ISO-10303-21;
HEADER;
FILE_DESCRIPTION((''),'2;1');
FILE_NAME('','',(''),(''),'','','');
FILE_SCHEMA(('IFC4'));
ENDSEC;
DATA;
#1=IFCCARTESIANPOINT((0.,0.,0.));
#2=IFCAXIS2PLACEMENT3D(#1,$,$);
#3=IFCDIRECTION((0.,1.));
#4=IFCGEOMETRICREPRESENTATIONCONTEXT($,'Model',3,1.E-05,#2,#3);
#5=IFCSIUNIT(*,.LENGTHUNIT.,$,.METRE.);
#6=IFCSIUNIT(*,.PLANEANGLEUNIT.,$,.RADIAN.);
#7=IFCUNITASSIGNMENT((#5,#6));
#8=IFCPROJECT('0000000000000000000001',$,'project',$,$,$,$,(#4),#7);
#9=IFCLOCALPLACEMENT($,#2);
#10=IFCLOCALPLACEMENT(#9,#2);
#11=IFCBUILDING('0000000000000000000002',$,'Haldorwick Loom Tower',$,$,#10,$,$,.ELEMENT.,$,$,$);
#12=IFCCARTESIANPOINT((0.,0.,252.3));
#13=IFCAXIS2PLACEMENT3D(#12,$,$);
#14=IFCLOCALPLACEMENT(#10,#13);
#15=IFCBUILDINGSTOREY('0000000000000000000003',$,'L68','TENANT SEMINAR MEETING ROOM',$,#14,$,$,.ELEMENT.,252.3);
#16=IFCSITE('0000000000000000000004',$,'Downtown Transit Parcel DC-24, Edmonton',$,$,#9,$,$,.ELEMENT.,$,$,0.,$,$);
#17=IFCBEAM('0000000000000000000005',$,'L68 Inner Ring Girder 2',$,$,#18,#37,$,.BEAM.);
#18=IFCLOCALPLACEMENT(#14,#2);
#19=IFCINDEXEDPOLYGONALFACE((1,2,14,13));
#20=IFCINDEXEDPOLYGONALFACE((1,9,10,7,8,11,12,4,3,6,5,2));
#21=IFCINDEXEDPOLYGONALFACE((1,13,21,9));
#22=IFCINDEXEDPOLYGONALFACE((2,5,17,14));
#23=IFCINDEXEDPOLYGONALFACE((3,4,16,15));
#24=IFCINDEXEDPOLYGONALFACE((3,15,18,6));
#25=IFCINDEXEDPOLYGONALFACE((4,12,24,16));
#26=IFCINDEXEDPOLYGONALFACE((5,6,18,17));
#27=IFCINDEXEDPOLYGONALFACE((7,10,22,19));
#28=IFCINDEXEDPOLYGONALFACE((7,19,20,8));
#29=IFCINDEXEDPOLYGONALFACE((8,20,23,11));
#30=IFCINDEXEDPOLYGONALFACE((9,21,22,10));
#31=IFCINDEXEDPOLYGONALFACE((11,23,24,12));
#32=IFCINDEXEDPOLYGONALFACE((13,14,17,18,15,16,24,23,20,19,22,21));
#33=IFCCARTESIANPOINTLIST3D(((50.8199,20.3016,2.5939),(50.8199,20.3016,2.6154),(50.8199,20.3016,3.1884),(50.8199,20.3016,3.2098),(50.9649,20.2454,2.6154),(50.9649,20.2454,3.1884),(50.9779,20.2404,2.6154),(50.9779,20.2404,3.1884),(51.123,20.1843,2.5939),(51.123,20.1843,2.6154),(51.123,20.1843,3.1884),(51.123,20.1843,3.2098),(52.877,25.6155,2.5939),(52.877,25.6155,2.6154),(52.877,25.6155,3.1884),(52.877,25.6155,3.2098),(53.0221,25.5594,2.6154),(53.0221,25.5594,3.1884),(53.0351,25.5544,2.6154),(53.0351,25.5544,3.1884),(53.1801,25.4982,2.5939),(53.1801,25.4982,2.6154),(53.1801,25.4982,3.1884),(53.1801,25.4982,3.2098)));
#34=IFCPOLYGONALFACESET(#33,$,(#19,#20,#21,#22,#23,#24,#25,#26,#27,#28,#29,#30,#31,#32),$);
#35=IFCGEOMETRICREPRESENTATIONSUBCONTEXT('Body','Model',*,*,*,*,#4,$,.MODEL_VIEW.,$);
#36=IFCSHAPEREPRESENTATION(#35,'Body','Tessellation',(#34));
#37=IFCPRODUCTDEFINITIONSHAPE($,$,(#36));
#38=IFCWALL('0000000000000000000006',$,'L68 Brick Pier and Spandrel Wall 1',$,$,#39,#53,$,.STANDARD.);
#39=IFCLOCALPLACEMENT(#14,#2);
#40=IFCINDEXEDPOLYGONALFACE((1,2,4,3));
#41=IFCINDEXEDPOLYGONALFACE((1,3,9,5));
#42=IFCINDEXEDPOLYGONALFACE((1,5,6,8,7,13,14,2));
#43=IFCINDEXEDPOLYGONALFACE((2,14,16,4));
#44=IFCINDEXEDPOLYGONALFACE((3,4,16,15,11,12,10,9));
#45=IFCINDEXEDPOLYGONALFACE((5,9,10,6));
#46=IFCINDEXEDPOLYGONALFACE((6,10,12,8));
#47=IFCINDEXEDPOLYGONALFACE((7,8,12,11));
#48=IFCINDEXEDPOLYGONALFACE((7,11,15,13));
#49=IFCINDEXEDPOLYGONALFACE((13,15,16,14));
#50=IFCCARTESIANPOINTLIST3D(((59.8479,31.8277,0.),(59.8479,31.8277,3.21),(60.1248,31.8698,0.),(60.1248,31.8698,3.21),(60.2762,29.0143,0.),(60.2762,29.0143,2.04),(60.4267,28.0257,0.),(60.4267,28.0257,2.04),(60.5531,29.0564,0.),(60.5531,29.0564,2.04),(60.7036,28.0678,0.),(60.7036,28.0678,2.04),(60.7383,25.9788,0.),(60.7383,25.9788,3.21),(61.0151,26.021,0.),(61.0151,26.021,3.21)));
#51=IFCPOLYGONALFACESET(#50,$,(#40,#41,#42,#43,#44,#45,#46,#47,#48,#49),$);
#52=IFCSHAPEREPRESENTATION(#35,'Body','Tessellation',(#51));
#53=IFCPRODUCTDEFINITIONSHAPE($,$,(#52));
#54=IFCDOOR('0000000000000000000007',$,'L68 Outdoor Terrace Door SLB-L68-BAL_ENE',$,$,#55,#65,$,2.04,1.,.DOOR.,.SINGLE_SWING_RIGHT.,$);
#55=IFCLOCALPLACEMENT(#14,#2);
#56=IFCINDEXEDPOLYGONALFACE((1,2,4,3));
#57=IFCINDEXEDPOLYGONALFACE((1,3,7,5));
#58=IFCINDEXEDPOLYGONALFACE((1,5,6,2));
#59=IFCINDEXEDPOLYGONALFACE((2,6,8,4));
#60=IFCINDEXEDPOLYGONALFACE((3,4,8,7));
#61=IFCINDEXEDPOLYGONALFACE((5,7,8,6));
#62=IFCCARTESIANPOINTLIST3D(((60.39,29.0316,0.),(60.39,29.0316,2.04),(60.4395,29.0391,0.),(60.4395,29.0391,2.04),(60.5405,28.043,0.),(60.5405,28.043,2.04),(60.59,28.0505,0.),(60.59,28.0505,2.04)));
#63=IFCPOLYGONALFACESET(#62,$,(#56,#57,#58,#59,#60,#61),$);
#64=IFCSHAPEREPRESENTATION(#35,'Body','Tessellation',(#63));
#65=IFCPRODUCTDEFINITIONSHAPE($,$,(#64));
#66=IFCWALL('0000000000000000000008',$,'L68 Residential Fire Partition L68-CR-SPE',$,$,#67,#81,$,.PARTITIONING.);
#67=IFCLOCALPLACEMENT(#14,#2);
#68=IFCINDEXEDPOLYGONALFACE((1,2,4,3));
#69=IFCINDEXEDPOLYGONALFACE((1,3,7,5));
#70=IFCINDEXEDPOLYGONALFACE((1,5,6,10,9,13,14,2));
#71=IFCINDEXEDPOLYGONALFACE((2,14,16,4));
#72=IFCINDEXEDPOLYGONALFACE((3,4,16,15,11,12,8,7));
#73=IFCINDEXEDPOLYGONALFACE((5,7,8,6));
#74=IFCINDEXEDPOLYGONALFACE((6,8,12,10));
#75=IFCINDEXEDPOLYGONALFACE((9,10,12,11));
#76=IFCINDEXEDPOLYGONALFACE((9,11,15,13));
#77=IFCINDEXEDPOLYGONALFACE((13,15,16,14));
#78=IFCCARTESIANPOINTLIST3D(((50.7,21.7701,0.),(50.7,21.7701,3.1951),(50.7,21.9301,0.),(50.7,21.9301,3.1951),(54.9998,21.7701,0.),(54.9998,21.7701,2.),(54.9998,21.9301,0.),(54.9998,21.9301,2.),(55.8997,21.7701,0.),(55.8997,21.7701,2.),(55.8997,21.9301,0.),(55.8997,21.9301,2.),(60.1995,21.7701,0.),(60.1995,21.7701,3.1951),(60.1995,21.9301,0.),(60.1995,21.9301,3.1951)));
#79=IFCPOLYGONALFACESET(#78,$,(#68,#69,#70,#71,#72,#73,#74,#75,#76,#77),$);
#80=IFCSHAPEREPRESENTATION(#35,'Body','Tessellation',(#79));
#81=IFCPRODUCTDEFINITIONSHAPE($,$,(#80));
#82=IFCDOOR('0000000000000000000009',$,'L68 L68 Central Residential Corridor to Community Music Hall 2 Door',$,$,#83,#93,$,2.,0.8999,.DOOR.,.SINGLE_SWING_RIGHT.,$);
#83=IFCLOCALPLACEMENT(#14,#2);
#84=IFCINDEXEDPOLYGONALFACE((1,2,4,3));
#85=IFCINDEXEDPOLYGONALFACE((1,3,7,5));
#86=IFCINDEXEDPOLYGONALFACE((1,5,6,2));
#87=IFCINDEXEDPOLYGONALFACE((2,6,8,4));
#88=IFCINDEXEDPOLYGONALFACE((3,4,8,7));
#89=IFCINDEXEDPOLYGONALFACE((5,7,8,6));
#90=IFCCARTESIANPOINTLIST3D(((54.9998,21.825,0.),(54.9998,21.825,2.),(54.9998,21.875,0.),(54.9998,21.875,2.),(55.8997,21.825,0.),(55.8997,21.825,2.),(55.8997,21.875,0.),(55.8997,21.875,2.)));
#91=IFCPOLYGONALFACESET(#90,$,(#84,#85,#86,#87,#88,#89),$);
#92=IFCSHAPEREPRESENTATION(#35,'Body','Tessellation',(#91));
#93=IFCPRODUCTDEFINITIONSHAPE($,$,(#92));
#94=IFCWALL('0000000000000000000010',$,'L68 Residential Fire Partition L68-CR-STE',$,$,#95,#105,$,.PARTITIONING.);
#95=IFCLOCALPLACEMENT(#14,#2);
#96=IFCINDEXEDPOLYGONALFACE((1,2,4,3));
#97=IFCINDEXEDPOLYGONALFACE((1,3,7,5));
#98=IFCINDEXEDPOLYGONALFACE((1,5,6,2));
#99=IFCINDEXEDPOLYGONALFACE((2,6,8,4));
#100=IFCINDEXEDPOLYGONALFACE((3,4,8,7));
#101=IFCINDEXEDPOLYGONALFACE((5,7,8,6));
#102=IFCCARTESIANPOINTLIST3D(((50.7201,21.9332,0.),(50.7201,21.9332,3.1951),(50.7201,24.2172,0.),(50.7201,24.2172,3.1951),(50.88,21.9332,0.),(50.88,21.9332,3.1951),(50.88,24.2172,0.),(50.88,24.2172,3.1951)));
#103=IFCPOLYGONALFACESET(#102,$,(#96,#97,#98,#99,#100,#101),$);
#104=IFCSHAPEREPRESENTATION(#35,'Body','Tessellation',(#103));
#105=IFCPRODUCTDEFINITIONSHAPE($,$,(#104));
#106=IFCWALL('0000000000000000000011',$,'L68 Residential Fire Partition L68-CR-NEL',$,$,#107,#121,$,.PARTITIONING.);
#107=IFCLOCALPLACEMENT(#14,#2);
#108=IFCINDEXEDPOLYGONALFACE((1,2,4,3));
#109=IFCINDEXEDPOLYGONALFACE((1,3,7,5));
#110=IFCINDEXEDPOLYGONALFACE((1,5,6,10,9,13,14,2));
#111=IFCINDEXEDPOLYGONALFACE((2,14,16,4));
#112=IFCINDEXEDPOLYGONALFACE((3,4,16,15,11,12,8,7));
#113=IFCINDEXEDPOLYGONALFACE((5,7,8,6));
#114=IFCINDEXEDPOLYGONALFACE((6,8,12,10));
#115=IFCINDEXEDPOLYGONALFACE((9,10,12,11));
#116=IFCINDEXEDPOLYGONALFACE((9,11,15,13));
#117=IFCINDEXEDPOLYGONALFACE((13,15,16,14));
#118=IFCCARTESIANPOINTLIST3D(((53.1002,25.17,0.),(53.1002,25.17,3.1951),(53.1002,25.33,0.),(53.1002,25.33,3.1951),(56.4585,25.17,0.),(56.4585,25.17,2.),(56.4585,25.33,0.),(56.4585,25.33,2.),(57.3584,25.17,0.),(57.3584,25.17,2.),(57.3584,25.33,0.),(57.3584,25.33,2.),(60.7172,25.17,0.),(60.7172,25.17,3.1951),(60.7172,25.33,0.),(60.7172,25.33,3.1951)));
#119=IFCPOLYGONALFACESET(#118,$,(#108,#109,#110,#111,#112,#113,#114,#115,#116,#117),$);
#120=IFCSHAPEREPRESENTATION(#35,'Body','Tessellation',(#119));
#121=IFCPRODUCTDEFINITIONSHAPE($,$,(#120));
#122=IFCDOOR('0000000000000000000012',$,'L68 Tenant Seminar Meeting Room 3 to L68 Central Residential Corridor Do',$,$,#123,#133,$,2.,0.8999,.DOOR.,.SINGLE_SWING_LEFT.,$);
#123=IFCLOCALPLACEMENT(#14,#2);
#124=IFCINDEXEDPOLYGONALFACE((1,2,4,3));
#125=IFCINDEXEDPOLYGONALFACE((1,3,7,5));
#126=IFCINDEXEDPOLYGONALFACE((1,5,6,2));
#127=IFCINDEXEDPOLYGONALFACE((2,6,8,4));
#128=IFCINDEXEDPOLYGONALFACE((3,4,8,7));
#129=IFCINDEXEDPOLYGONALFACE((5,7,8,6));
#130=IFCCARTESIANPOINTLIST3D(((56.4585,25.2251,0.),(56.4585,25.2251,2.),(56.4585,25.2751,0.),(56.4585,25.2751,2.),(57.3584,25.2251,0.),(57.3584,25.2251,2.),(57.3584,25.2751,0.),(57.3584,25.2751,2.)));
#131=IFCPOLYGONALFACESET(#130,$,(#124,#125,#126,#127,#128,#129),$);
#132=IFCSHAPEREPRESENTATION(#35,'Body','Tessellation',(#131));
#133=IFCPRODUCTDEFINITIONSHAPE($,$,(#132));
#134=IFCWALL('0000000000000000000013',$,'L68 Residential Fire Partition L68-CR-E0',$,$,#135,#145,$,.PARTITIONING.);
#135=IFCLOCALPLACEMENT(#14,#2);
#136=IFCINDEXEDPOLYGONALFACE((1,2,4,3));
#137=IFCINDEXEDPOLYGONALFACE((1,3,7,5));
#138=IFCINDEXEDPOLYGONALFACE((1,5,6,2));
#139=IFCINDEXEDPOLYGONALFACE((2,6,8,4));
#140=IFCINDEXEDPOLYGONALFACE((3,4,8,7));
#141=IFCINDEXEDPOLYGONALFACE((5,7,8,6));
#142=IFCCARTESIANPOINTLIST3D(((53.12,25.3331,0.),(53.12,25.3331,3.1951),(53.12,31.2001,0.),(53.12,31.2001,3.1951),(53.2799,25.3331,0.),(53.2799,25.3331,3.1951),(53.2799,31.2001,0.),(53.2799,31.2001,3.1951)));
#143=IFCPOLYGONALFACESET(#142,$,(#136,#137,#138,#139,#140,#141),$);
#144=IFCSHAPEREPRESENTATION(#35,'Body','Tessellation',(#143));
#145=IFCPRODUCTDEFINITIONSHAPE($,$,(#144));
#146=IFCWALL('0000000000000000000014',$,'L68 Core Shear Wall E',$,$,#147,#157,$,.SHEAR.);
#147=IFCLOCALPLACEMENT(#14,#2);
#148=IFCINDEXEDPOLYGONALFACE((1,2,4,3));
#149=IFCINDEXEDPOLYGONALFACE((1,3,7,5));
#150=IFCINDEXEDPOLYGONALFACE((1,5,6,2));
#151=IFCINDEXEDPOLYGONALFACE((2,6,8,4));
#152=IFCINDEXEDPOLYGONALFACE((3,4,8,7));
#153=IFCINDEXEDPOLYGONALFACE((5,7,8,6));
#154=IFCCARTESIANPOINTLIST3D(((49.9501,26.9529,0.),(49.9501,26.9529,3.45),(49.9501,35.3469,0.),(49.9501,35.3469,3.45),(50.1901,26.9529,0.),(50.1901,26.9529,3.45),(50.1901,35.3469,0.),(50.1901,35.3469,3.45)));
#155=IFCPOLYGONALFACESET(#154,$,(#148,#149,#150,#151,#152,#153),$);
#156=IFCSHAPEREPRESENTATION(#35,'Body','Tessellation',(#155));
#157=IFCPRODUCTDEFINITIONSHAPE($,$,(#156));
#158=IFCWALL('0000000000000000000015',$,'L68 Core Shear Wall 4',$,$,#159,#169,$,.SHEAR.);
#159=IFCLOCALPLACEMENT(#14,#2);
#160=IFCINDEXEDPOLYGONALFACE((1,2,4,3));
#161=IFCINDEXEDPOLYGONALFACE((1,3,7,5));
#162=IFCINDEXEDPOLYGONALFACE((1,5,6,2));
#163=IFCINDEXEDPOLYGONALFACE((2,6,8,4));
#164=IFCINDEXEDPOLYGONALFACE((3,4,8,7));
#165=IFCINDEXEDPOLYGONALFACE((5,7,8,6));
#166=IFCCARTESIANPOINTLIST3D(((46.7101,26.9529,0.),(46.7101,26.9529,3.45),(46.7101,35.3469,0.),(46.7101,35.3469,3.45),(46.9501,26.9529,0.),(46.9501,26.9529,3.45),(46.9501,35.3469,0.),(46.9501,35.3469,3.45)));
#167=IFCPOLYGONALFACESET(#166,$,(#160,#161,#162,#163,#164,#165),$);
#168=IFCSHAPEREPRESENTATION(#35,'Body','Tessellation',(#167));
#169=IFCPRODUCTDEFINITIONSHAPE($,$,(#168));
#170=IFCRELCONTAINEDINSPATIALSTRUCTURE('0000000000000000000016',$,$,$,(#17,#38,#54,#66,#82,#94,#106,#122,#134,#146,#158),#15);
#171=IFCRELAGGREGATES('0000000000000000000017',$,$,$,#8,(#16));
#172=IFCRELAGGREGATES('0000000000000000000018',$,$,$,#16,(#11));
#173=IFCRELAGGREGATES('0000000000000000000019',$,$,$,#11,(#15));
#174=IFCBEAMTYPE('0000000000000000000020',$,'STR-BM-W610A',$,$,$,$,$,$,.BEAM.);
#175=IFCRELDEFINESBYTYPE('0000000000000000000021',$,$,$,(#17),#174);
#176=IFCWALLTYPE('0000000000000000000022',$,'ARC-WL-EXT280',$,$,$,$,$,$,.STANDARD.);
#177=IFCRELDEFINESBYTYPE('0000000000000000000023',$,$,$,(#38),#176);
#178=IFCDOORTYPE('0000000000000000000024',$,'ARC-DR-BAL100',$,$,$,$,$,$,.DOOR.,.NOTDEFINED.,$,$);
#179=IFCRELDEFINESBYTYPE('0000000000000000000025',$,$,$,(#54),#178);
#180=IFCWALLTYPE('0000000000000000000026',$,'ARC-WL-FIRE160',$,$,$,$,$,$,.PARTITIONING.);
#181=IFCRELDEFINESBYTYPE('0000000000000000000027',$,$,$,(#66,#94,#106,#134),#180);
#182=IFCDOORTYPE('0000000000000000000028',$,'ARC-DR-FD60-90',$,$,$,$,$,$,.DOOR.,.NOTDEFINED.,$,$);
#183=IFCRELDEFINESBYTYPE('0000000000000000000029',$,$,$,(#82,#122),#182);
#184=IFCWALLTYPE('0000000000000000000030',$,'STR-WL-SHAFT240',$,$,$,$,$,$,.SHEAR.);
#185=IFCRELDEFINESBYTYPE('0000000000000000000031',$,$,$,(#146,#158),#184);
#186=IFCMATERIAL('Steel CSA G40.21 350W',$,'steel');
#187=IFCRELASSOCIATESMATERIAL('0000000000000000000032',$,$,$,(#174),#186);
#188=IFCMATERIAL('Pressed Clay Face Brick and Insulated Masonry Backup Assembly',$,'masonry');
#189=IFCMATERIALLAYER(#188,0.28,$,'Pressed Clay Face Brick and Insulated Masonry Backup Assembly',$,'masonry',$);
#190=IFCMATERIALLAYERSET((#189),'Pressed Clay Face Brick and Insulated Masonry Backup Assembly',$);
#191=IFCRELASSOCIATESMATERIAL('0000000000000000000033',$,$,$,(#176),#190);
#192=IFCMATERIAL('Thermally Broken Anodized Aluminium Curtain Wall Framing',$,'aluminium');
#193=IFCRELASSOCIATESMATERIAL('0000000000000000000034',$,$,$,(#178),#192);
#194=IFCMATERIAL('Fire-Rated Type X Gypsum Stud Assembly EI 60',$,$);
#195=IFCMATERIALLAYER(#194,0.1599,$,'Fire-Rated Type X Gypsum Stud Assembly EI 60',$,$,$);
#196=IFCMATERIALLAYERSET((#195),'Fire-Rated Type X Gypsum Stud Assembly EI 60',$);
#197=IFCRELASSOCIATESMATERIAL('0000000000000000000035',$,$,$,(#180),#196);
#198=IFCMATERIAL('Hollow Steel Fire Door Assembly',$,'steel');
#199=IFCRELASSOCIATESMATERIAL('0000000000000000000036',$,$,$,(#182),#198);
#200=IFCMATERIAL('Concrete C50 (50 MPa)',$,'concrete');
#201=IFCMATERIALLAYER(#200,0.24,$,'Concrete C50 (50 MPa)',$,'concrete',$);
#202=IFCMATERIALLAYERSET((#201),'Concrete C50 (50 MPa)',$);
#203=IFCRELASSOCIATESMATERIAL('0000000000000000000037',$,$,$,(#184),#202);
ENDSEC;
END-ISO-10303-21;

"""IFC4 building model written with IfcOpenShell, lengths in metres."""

from ifc_helpers import new_model, si_unit, direction, frame, frame_2d, origin, origin_2d, place, context, subcontext, project, spatial, rectangle, i_section, extrude, material, layer, layer_set, material_profile, profile_set, type_object, element, fill, save


model = new_model("IFC4")

# Units and contexts
model_context = context("Model", 3, precision=1e-05, world=origin(), true_north=direction((0.0, 1.0)))
body_context = subcontext(model_context, "Body", "Model", "MODEL_VIEW")
ifc_project = project(units=[si_unit("LENGTHUNIT", "METRE"), si_unit("PLANEANGLEUNIT", "RADIAN")], contexts=[model_context])

# Site, building, storey
site_placement = place(None, origin())
site = spatial("IfcSite", under=ifc_project, at=site_placement, Name="Downtown Transit Parcel DC-24, Edmonton", CompositionType="ELEMENT", RefElevation=0.0)
building_placement = place(site_placement, origin())
building = spatial("IfcBuilding", under=site, at=building_placement, Name="Haldorwick Loom Tower", CompositionType="ELEMENT")
storey_placement = place(building_placement, frame((0.0, 0.0, 252.3)))
storey = spatial("IfcBuildingStorey", under=building, at=storey_placement, Name="L68", Description="TENANT SEMINAR MEETING ROOM", CompositionType="ELEMENT", Elevation=252.3)

# Shared definitions
ifc_material_1 = material(Name="Steel CSA G40.21 350W", Category="steel")

# Beam
ifc_material_profile_1 = material_profile(ifc_material_1, i_section(OverallWidth=0.325, OverallDepth=0.616, WebThickness=0.0139, FlangeThickness=0.0215, at=origin_2d()), Name="W610X174", Category="steel")
ifc_profile_set_1 = profile_set([ifc_material_profile_1], Name="Steel CSA G40.21 350W")
beam_type_1 = type_object("IfcBeamType", Name="STR-BM-W610A", PredefinedType="BEAM", material=ifc_profile_set_1)
beam_1_placement = place(storey_placement, frame((53.0286, 25.5569, 2.9019), z_axis=(-0.361011, -0.932562, 0.0), x_axis=(0.932562, -0.361011, 0.0)))
element("IfcBeam", 1, at=beam_1_placement, inside=storey, type_object=beam_type_1, Name="L68 Inner Ring Girder 2", PredefinedType="BEAM", context=body_context, shape_type="SweptSolid", body=[
    extrude(i_section(OverallWidth=0.325, OverallDepth=0.616, WebThickness=0.0139, FlangeThickness=0.0215, at=origin_2d()), origin(), (0.0, 0.0, 1.0), 5.6982),
])

# Walls, openings, doors
ifc_material_2 = material(Name="Pressed Clay Face Brick and Insulated Masonry Backup Assembly", Category="masonry")
ifc_layer_1 = layer(ifc_material_2, 0.28, Name="Pressed Clay Face Brick and Insulated Masonry Backup Assembly", Category="masonry")
ifc_layer_set_1 = layer_set([ifc_layer_1], Name="Pressed Clay Face Brick and Insulated Masonry Backup Assembly")
wall_type_1 = type_object("IfcWallType", Name="ARC-WL-EXT280", PredefinedType="STANDARD", material=ifc_layer_set_1)
wall_1_placement = place(storey_placement, frame((60.8767, 26.0, 0.0), z_axis=(0.0, 0.0, 1.0), x_axis=(-0.150497, 0.98861, 0.0)))
wall_1 = element("IfcWall", 2, at=wall_1_placement, inside=storey, type_object=wall_type_1, Name="L68 Brick Pier and Spandrel Wall 1", PredefinedType="STANDARD", context=body_context, shape_type="SweptSolid", body=[
    extrude(rectangle(XDim=5.9163, YDim=0.28, at=frame_2d((2.958, 0.0))), origin(), (0.0, 0.0, 1.0), 3.21),
])
opening_1_placement = place(wall_1_placement, frame((2.0703, 0.0, 0.0)))
opening_1 = element("IfcOpeningElement", 3, at=opening_1_placement, cuts=wall_1, PredefinedType="OPENING", context=body_context, shape_type="SweptSolid", body=[
    extrude(rectangle(XDim=1.0, YDim=2.04, at=frame_2d((0.5, 1.02))), frame((0.0, 0.1499, 0.0), z_axis=(0.0, -1.0, 0.0), x_axis=(1.0, 0.0, 0.0)), (0.0, 0.0, 1.0), 0.3),
])
ifc_material_3 = material(Name="Thermally Broken Anodized Aluminium Curtain Wall Framing", Category="aluminium")
door_type_1 = type_object("IfcDoorType", Name="ARC-DR-BAL100", OperationType="NOTDEFINED", PredefinedType="DOOR", material=ifc_material_3)
door_1_placement = place(opening_1_placement, origin())
door_1 = element("IfcDoor", 4, at=door_1_placement, inside=storey, type_object=door_type_1, Name="L68 Outdoor Terrace Door SLB-L68-BAL_ENE", OperationType="SINGLE_SWING_RIGHT", OverallHeight=2.04, OverallWidth=1.0, PredefinedType="DOOR", context=body_context, shape_type="SweptSolid", body=[
    extrude(rectangle(XDim=1.0, YDim=2.04, at=frame_2d((0.5, 1.02))), frame((0.0, 0.0249, 0.0), z_axis=(0.0, -1.0, 0.0), x_axis=(1.0, 0.0, 0.0)), (0.0, 0.0, 1.0), 0.05),
])
fill(opening_1, door_1)
ifc_material_4 = material(Name="Fire-Rated Type X Gypsum Stud Assembly EI 60")
ifc_layer_2 = layer(ifc_material_4, 0.1599, Name="Fire-Rated Type X Gypsum Stud Assembly EI 60")
ifc_layer_set_2 = layer_set([ifc_layer_2], Name="Fire-Rated Type X Gypsum Stud Assembly EI 60")
wall_type_2 = type_object("IfcWallType", Name="ARC-WL-FIRE160", PredefinedType="PARTITIONING", material=ifc_layer_set_2)
wall_2_placement = place(storey_placement, frame((50.7, 21.8501, 0.0), z_axis=(0.0, 0.0, 1.0), x_axis=(1.0, 0.0, 0.0)))
wall_2 = element("IfcWall", 5, at=wall_2_placement, inside=storey, type_object=wall_type_2, Name="L68 Residential Fire Partition L68-CR-SPE", PredefinedType="PARTITIONING", context=body_context, shape_type="SweptSolid", body=[
    extrude(rectangle(XDim=9.4995, YDim=0.1599, at=frame_2d((4.7498, 0.0))), origin(), (0.0, 0.0, 1.0), 3.1951),
])
opening_2_placement = place(wall_2_placement, frame((4.2998, 0.0, 0.0)))
opening_2 = element("IfcOpeningElement", 6, at=opening_2_placement, cuts=wall_2, PredefinedType="OPENING", context=body_context, shape_type="SweptSolid", body=[
    extrude(rectangle(XDim=0.8999, YDim=2.0, at=frame_2d((0.45, 1.0))), frame((0.0, 0.0898, 0.0), z_axis=(0.0, -1.0, 0.0), x_axis=(1.0, 0.0, 0.0)), (0.0, 0.0, 1.0), 0.1799),
])
ifc_material_5 = material(Name="Hollow Steel Fire Door Assembly", Category="steel")
door_type_2 = type_object("IfcDoorType", Name="ARC-DR-FD60-90", OperationType="NOTDEFINED", PredefinedType="DOOR", material=ifc_material_5)
door_2_placement = place(opening_2_placement, origin())
door_2 = element("IfcDoor", 7, at=door_2_placement, inside=storey, type_object=door_type_2, Name="L68 L68 Central Residential Corridor to Community Music Hall 2 Door", OperationType="SINGLE_SWING_RIGHT", OverallHeight=2.0, OverallWidth=0.8999, PredefinedType="DOOR", context=body_context, shape_type="SweptSolid", body=[
    extrude(rectangle(XDim=0.8999, YDim=2.0, at=frame_2d((0.45, 1.0))), frame((0.0, 0.0249, 0.0), z_axis=(0.0, -1.0, 0.0), x_axis=(1.0, 0.0, 0.0)), (0.0, 0.0, 1.0), 0.05),
])
fill(opening_2, door_2)

# Wall
wall_3_placement = place(storey_placement, frame((50.8, 21.9331, 0.0), z_axis=(0.0, 0.0, 1.0), x_axis=(0.0, 1.0, 0.0)))
element("IfcWall", 8, at=wall_3_placement, inside=storey, type_object=wall_type_2, Name="L68 Residential Fire Partition L68-CR-STE", PredefinedType="PARTITIONING", context=body_context, shape_type="SweptSolid", body=[
    extrude(rectangle(XDim=2.2839, YDim=0.1599, at=frame_2d((1.1421, 0.0))), origin(), (0.0, 0.0, 1.0), 3.1951),
])

# Wall, opening, door
wall_4_placement = place(storey_placement, frame((53.1001, 25.25, 0.0), z_axis=(0.0, 0.0, 1.0), x_axis=(1.0, 0.0, 0.0)))
wall_4 = element("IfcWall", 9, at=wall_4_placement, inside=storey, type_object=wall_type_2, Name="L68 Residential Fire Partition L68-CR-NEL", PredefinedType="PARTITIONING", context=body_context, shape_type="SweptSolid", body=[
    extrude(rectangle(XDim=7.6169, YDim=0.1599, at=frame_2d((3.8086, 0.0))), origin(), (0.0, 0.0, 1.0), 3.1951),
])
opening_3_placement = place(wall_4_placement, frame((3.3584, 0.0, 0.0)))
opening_3 = element("IfcOpeningElement", 10, at=opening_3_placement, cuts=wall_4, PredefinedType="OPENING", context=body_context, shape_type="SweptSolid", body=[
    extrude(rectangle(XDim=0.8999, YDim=2.0, at=frame_2d((0.45, 1.0))), frame((0.0, 0.0898, 0.0), z_axis=(0.0, -1.0, 0.0), x_axis=(1.0, 0.0, 0.0)), (0.0, 0.0, 1.0), 0.1799),
])
door_3_placement = place(opening_3_placement, frame((0.8999, 0.0, 0.0), z_axis=(0.0, 0.0, 1.0), x_axis=(-1.0, 0.0, 0.0)))
door_3 = element("IfcDoor", 11, at=door_3_placement, inside=storey, type_object=door_type_2, Name="L68 Tenant Seminar Meeting Room 3 to L68 Central Residential Corridor Do", OperationType="SINGLE_SWING_LEFT", OverallHeight=2.0, OverallWidth=0.8999, PredefinedType="DOOR", context=body_context, shape_type="SweptSolid", body=[
    extrude(rectangle(XDim=0.8999, YDim=2.0, at=frame_2d((0.45, 1.0))), frame((0.0, 0.0249, 0.0), z_axis=(0.0, -1.0, 0.0), x_axis=(1.0, 0.0, 0.0)), (0.0, 0.0, 1.0), 0.05),
])
fill(opening_3, door_3)

# Walls
wall_5_placement = place(storey_placement, frame((53.2, 25.333, 0.0), z_axis=(0.0, 0.0, 1.0), x_axis=(0.0, 1.0, 0.0)))
element("IfcWall", 12, at=wall_5_placement, inside=storey, type_object=wall_type_2, Name="L68 Residential Fire Partition L68-CR-E0", PredefinedType="PARTITIONING", context=body_context, shape_type="SweptSolid", body=[
    extrude(rectangle(XDim=5.8669, YDim=0.1599, at=frame_2d((2.9336, 0.0))), origin(), (0.0, 0.0, 1.0), 3.1951),
])
ifc_material_6 = material(Name="Concrete C50 (50 MPa)", Category="concrete")
ifc_layer_3 = layer(ifc_material_6, 0.24, Name="Concrete C50 (50 MPa)", Category="concrete")
ifc_layer_set_3 = layer_set([ifc_layer_3], Name="Concrete C50 (50 MPa)")
wall_type_3 = type_object("IfcWallType", Name="STR-WL-SHAFT240", PredefinedType="SHEAR", material=ifc_layer_set_3)
for number, where, z_axis, x_axis, name in (
    (13, (50.0701, 26.9529, 0.0), (0.0, 0.0, 1.0), (0.0, 1.0, 0.0), "L68 Core Shear Wall E"),
    (14, (46.8301, 26.9529, 0.0), (0.0, 0.0, 1.0), (0.0, 1.0, 0.0), "L68 Core Shear Wall 4"),
):
    element("IfcWall", number, at=place(storey_placement, frame(where, z_axis=z_axis, x_axis=x_axis)), inside=storey, type_object=wall_type_3, Name=name, PredefinedType="SHEAR", context=body_context, shape_type="SweptSolid", body=[
        extrude(rectangle(XDim=8.394, YDim=0.24, at=frame_2d((4.197, 0.0))), origin(), (0.0, 0.0, 1.0), 3.45),
    ])

save(model, "model.ifc")
